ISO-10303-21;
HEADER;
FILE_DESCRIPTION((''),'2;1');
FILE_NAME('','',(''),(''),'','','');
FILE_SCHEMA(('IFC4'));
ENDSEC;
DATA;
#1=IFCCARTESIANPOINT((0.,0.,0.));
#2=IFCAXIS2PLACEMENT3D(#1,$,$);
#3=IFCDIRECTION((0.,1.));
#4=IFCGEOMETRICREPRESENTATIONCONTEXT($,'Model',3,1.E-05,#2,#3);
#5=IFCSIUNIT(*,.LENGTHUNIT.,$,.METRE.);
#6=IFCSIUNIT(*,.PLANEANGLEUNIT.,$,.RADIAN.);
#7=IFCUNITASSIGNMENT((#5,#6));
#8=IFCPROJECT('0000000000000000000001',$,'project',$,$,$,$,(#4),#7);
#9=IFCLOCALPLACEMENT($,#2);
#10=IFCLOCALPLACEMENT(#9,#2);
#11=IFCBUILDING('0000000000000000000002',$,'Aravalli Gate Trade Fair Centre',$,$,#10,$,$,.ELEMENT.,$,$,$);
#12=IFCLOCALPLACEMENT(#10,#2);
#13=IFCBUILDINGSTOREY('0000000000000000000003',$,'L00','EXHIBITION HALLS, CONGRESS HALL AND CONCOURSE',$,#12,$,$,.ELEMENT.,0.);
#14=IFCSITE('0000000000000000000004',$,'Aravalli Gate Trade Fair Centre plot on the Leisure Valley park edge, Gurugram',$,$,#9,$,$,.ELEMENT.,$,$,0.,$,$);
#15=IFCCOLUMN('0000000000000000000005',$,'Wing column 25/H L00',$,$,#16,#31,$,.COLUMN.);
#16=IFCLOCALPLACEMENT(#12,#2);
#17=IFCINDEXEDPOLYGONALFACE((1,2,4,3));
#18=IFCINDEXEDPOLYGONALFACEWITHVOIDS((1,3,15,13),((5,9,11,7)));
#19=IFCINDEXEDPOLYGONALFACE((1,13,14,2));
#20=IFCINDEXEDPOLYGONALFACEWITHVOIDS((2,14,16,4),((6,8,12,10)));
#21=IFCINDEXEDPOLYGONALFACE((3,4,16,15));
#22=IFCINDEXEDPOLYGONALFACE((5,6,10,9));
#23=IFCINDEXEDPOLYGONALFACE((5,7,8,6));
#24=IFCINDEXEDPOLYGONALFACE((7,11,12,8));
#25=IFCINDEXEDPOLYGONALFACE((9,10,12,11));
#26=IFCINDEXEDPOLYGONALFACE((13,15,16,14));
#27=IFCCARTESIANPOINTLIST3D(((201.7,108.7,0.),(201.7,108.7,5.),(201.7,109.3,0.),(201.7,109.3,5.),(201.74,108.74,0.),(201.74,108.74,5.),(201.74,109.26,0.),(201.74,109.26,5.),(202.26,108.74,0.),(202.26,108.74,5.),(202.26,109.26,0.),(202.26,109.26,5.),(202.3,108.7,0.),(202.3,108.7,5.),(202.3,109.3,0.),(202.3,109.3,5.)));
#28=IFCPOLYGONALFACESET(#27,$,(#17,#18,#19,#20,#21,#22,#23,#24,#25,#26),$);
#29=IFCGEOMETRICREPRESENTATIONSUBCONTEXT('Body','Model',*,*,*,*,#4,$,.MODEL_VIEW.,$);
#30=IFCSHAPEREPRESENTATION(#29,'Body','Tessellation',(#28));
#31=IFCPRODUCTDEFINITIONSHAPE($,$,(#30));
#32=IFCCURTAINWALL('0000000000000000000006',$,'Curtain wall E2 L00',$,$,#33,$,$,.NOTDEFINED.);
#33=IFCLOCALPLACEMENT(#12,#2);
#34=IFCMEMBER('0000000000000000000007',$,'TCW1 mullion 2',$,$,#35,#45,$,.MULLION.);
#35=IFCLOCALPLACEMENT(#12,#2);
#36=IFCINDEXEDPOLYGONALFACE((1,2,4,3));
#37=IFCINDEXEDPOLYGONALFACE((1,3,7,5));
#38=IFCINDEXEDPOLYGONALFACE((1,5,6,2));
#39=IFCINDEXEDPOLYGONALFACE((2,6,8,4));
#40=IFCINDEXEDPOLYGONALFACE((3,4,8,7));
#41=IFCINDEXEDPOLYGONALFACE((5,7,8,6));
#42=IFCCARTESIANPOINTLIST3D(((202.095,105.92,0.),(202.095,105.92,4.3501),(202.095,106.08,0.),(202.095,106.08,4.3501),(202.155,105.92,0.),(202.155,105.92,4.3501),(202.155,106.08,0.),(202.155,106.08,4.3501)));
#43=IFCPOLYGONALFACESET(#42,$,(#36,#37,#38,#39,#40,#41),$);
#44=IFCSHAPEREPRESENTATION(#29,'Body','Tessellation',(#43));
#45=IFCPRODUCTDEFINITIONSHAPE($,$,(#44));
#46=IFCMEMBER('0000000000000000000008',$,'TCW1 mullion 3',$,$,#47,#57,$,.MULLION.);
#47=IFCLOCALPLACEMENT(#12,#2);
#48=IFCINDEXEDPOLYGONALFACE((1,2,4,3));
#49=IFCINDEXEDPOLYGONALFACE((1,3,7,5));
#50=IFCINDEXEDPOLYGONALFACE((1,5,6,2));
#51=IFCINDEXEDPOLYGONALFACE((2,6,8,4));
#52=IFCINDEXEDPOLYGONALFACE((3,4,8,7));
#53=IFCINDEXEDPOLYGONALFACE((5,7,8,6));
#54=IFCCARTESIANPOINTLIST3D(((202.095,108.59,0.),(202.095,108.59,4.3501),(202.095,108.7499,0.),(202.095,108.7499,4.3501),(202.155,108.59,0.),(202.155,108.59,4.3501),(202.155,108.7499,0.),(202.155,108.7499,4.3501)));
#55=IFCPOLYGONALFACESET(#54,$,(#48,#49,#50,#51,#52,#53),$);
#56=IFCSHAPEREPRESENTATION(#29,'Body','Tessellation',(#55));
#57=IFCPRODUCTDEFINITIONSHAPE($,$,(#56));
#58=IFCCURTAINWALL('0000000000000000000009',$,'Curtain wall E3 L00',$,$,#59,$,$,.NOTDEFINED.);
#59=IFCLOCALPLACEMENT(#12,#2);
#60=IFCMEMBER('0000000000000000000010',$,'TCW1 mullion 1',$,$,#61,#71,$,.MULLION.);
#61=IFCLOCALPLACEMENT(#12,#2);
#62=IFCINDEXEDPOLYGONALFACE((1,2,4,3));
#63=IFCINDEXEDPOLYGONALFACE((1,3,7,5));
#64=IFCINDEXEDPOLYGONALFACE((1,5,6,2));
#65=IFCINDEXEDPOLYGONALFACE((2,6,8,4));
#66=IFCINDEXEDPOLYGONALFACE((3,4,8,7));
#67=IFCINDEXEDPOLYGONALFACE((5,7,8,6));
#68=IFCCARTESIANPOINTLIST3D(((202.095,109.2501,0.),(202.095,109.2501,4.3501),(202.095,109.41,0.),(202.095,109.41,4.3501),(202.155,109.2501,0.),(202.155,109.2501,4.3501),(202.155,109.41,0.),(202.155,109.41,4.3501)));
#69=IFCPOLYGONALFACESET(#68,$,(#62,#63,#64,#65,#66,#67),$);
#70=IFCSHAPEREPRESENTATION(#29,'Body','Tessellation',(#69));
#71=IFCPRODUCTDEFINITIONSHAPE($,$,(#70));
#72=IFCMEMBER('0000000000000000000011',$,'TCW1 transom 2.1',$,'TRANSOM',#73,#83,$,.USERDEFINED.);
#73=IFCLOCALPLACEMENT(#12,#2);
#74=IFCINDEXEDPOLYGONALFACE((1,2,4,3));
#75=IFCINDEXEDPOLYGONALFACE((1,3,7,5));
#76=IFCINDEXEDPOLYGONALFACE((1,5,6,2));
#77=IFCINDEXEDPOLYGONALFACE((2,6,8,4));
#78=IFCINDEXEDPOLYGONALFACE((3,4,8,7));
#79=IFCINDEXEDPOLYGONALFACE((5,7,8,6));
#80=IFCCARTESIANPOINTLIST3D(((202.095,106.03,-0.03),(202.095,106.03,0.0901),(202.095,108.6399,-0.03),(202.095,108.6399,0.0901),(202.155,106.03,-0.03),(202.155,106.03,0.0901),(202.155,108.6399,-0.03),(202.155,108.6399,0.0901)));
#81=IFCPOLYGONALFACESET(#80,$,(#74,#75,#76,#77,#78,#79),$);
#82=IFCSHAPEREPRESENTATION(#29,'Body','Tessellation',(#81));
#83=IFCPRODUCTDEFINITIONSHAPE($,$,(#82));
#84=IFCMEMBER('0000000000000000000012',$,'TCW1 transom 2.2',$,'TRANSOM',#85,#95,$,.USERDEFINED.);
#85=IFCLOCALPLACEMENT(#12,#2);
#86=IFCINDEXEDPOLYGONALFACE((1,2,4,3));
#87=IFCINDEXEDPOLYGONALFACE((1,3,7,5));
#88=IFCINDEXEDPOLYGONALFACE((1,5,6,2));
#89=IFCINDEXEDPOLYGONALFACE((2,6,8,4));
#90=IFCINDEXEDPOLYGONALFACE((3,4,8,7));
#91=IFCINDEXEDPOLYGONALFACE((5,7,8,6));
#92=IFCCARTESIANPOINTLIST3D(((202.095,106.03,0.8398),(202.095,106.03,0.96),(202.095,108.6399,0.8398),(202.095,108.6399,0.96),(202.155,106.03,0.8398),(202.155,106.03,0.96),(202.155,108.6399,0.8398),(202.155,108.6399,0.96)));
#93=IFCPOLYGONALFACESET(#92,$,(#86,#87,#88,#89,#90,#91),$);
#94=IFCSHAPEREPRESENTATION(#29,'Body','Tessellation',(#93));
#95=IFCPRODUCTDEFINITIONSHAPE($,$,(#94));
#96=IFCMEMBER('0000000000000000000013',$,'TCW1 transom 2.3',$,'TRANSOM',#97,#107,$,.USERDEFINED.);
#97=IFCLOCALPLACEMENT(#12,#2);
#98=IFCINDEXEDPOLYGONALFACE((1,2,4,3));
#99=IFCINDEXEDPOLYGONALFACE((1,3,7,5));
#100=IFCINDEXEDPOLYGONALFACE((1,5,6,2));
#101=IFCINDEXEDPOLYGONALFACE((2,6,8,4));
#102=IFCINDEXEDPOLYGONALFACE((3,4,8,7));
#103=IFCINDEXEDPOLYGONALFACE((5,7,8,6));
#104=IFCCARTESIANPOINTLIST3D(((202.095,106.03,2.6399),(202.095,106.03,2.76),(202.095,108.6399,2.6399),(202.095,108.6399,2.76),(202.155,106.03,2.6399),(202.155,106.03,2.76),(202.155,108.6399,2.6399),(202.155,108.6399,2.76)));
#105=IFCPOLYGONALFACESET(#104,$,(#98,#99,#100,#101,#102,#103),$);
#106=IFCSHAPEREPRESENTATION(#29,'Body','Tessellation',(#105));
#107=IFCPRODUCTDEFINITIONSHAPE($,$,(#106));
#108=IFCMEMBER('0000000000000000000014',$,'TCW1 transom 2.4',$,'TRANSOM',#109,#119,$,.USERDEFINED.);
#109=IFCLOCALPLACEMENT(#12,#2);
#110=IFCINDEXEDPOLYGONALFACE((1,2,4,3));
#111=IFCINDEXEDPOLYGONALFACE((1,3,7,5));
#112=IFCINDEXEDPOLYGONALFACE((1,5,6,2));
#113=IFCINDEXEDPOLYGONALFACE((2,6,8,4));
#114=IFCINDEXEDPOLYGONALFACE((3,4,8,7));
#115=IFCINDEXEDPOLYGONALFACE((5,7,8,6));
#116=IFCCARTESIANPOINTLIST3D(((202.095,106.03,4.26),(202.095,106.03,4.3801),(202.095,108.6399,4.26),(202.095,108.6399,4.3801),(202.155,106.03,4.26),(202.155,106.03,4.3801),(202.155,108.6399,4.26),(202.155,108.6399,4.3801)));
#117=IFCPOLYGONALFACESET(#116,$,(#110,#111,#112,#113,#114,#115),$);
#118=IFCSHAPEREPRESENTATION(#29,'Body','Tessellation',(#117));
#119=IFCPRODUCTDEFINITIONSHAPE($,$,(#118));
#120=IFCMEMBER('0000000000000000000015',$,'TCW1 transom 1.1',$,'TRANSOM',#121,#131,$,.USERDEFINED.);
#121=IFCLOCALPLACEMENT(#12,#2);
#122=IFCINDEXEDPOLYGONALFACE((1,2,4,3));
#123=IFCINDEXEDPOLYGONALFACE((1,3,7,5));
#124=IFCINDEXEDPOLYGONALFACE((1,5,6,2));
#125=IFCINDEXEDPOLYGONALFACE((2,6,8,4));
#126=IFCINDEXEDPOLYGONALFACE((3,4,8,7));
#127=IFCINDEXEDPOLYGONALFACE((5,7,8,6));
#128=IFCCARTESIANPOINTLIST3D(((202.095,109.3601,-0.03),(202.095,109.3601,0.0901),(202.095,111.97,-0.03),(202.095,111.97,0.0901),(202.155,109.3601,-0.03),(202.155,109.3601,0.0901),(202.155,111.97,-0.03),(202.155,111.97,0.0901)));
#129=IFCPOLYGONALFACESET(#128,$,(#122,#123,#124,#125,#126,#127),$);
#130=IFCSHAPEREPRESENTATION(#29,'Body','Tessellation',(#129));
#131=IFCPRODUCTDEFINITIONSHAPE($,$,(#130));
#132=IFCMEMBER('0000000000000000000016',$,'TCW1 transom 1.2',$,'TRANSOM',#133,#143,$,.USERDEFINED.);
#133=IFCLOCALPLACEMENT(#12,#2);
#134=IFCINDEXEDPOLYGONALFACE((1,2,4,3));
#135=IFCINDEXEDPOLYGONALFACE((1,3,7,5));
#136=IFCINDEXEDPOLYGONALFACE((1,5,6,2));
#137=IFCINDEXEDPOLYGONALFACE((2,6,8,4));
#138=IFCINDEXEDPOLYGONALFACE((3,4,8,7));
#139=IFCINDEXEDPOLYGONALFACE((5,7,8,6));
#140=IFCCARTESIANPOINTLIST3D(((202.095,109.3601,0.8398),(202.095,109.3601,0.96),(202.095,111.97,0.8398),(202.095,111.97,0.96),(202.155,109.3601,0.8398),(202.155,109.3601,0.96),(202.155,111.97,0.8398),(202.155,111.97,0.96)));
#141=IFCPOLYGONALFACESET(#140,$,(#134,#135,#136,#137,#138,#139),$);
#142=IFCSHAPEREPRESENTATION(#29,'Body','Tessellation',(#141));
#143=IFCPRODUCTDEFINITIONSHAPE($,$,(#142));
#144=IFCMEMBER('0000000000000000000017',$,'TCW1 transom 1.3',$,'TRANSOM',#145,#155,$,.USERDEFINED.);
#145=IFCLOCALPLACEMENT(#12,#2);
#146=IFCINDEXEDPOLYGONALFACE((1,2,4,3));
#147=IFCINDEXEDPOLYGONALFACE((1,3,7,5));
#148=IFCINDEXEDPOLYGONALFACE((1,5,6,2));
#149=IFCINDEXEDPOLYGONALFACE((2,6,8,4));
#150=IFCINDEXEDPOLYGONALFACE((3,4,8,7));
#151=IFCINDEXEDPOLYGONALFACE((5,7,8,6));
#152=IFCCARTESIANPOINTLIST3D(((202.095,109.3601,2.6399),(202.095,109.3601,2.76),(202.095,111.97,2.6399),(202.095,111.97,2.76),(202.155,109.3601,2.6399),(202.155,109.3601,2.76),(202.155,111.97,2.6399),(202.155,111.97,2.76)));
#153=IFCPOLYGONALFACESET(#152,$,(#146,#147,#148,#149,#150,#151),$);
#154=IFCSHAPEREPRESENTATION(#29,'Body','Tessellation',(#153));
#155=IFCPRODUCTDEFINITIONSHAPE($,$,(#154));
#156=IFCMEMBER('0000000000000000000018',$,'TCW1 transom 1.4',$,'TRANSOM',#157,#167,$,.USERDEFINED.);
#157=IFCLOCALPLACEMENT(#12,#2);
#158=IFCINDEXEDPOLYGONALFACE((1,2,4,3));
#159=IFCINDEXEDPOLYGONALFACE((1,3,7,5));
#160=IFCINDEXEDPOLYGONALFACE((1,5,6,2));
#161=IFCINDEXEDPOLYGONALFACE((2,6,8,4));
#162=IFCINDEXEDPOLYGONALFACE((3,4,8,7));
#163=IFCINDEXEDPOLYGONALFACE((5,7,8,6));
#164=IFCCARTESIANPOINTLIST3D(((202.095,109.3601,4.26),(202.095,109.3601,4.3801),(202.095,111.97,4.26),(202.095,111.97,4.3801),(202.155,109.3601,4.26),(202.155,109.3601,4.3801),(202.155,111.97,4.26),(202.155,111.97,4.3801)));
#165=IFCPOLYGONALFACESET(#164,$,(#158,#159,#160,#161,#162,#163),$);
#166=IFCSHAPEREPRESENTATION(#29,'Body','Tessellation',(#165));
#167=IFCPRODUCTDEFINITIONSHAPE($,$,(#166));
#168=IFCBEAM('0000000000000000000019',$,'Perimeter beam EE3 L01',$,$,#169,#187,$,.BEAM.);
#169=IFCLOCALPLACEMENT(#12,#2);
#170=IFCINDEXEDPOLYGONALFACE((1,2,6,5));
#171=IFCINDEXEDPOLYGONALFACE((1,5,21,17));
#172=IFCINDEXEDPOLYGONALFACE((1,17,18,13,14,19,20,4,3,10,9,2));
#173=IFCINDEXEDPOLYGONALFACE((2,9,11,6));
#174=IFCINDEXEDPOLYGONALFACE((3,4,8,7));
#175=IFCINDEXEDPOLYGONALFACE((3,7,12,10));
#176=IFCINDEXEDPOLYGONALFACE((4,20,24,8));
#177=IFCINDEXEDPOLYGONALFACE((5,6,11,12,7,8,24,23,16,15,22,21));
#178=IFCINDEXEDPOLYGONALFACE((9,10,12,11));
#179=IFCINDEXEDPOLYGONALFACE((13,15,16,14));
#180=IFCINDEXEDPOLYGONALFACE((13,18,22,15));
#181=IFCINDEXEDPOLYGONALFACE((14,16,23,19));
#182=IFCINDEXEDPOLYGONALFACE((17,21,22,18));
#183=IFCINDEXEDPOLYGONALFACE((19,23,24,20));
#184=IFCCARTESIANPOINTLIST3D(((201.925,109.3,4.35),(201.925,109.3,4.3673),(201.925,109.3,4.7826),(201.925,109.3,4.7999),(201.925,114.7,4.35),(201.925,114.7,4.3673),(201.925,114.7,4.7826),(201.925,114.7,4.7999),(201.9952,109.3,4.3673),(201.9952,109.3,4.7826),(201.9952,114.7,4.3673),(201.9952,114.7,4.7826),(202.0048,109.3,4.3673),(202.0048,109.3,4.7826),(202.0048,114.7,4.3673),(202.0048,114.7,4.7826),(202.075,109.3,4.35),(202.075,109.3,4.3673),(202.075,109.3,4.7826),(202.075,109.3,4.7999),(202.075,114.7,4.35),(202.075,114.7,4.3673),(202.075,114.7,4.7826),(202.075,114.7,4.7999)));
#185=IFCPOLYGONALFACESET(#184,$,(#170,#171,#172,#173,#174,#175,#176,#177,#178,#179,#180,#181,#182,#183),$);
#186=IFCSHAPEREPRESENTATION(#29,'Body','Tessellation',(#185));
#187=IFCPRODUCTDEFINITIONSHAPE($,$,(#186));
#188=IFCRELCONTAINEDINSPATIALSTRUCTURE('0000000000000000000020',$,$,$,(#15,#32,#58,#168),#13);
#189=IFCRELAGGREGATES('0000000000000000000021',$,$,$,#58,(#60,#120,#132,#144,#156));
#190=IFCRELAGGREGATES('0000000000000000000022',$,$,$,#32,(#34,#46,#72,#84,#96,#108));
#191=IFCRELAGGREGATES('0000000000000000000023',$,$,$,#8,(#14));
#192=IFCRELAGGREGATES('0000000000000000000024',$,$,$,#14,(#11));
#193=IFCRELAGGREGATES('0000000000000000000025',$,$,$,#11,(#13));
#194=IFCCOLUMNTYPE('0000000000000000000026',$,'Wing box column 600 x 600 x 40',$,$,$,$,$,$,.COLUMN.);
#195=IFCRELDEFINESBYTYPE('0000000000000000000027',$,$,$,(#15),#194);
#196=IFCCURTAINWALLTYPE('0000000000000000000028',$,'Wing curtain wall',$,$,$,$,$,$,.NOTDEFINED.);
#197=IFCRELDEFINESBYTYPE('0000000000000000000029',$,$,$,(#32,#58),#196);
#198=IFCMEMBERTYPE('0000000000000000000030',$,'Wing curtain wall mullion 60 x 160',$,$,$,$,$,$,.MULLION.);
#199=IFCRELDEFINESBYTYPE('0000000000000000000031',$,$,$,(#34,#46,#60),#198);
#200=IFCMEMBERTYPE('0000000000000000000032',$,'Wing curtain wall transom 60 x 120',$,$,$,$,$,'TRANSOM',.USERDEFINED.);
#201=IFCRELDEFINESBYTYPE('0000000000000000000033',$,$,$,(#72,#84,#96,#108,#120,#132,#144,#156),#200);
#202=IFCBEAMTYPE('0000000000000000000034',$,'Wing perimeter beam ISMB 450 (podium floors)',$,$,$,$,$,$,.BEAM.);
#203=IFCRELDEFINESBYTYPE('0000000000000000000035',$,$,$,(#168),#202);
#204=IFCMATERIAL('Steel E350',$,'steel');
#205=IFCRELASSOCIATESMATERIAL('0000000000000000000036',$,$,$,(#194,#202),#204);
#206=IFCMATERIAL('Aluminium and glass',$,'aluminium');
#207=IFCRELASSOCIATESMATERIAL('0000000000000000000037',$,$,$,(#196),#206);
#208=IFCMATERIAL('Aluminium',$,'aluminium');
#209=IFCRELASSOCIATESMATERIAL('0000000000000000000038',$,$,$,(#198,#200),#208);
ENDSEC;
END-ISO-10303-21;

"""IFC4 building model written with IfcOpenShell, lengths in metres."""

from ifc_helpers import new_model, si_unit, direction, frame, origin, origin_2d, place, context, subcontext, project, spatial, rectangle, hollow_rectangle, i_section, extrude, material, material_profile, profile_set, type_object, element, aggregate, save


model = new_model("IFC4")

# Units and contexts
model_context = context("Model", 3, precision=1e-05, world=origin(), true_north=direction((0.0, 1.0)))
body_context = subcontext(model_context, "Body", "Model", "MODEL_VIEW")
ifc_project = project(units=[si_unit("LENGTHUNIT", "METRE"), si_unit("PLANEANGLEUNIT", "RADIAN")], contexts=[model_context])

# Site, building, storey
site_placement = place(None, origin())
site = spatial("IfcSite", under=ifc_project, at=site_placement, Name="Aravalli Gate Trade Fair Centre plot on the Leisure Valley park edge, Gurugram", CompositionType="ELEMENT", RefElevation=0.0)
building_placement = place(site_placement, origin())
building = spatial("IfcBuilding", under=site, at=building_placement, Name="Aravalli Gate Trade Fair Centre", CompositionType="ELEMENT")
storey_placement = place(building_placement, origin())
storey = spatial("IfcBuildingStorey", under=building, at=storey_placement, Name="L00", Description="EXHIBITION HALLS, CONGRESS HALL AND CONCOURSE", CompositionType="ELEMENT", Elevation=0.0)

# Column
ifc_material_1 = material(Name="Steel E350", Category="steel")
ifc_material_profile_1 = material_profile(ifc_material_1, hollow_rectangle(XDim=0.6001, YDim=0.6001, WallThickness=0.04, at=origin_2d()), Name="BOX 600x600x40")
ifc_profile_set_1 = profile_set([ifc_material_profile_1], Name="Steel E350")
column_type = type_object("IfcColumnType", Name="Wing box column 600 x 600 x 40", PredefinedType="COLUMN", material=ifc_profile_set_1)
column_placement = place(storey_placement, frame((202.0, 109.0, 0.0), z_axis=(0.0, 0.0, 1.0), x_axis=(1.0, 0.0, 0.0)))
element("IfcColumn", 1, at=column_placement, inside=storey, type_object=column_type, Name="Wing column 25/H L00", PredefinedType="COLUMN", context=body_context, shape_type="SweptSolid", body=[
    extrude(hollow_rectangle(XDim=0.6001, YDim=0.6001, WallThickness=0.04, at=origin_2d()), origin(), (0.0, 0.0, 1.0), 5.0),
])

# Curtain wall, members
ifc_material_2 = material(Name="Aluminium and glass", Category="aluminium")
curtain_wall_type = type_object("IfcCurtainWallType", Name="Wing curtain wall", PredefinedType="NOTDEFINED", material=ifc_material_2)
curtain_wall_1_placement = place(storey_placement, origin())
curtain_wall_1 = element("IfcCurtainWall", 2, at=curtain_wall_1_placement, inside=storey, type_object=curtain_wall_type, Name="Curtain wall E2 L00", PredefinedType="NOTDEFINED")
ifc_material_3 = material(Name="Aluminium", Category="aluminium")
ifc_material_profile_2 = material_profile(ifc_material_3, rectangle(XDim=0.0601, YDim=0.1599, at=origin_2d()), Name="Wing curtain wall mullion 60 x 160")
ifc_profile_set_2 = profile_set([ifc_material_profile_2], Name="Aluminium")
member_type_1 = type_object("IfcMemberType", Name="Wing curtain wall mullion 60 x 160", PredefinedType="MULLION", material=ifc_profile_set_2)
member_1_placement = place(storey_placement, frame((202.125, 106.0, 0.0), z_axis=(0.0, 0.0, 1.0), x_axis=(-1.0, 0.0, 0.0)))
member_1 = element("IfcMember", 3, at=member_1_placement, type_object=member_type_1, Name="TCW1 mullion 2", PredefinedType="MULLION", context=body_context, shape_type="SweptSolid", body=[
    extrude(rectangle(XDim=0.0601, YDim=0.1599, at=origin_2d()), origin(), (0.0, 0.0, 1.0), 4.3501),
])
member_2_placement = place(storey_placement, frame((202.125, 108.6699, 0.0), z_axis=(0.0, 0.0, 1.0), x_axis=(-1.0, 0.0, 0.0)))
member_2 = element("IfcMember", 4, at=member_2_placement, type_object=member_type_1, Name="TCW1 mullion 3", PredefinedType="MULLION", context=body_context, shape_type="SweptSolid", body=[
    extrude(rectangle(XDim=0.0601, YDim=0.1599, at=origin_2d()), origin(), (0.0, 0.0, 1.0), 4.3501),
])

# Curtain wall, member
curtain_wall_2_placement = place(storey_placement, origin())
curtain_wall_2 = element("IfcCurtainWall", 5, at=curtain_wall_2_placement, inside=storey, type_object=curtain_wall_type, Name="Curtain wall E3 L00", PredefinedType="NOTDEFINED")
member_3_placement = place(storey_placement, frame((202.125, 109.3301, 0.0), z_axis=(0.0, 0.0, 1.0), x_axis=(-1.0, 0.0, 0.0)))
member_3 = element("IfcMember", 6, at=member_3_placement, type_object=member_type_1, Name="TCW1 mullion 1", PredefinedType="MULLION", context=body_context, shape_type="SweptSolid", body=[
    extrude(rectangle(XDim=0.0601, YDim=0.1599, at=origin_2d()), origin(), (0.0, 0.0, 1.0), 4.3501),
])

# Members
ifc_material_profile_3 = material_profile(ifc_material_3, rectangle(XDim=0.0601, YDim=0.1201, at=origin_2d()), Name="Wing curtain wall transom 60 x 120")
ifc_profile_set_3 = profile_set([ifc_material_profile_3], Name="Aluminium")
member_type_2 = type_object("IfcMemberType", Name="Wing curtain wall transom 60 x 120", ElementType="TRANSOM", PredefinedType="USERDEFINED", material=ifc_profile_set_3)
member_4_placement = place(storey_placement, frame((202.125, 106.03, 0.03), z_axis=(0.0, 1.0, 0.0), x_axis=(-1.0, 0.0, 0.0)))
member_4 = element("IfcMember", 7, at=member_4_placement, type_object=member_type_2, Name="TCW1 transom 2.1", ObjectType="TRANSOM", PredefinedType="USERDEFINED", context=body_context, shape_type="SweptSolid", body=[
    extrude(rectangle(XDim=0.0601, YDim=0.1201, at=origin_2d()), origin(), (0.0, 0.0, 1.0), 2.6099),
])
member_5_placement = place(storey_placement, frame((202.125, 106.03, 0.8999), z_axis=(0.0, 1.0, 0.0), x_axis=(-1.0, 0.0, 0.0)))
member_5 = element("IfcMember", 8, at=member_5_placement, type_object=member_type_2, Name="TCW1 transom 2.2", ObjectType="TRANSOM", PredefinedType="USERDEFINED", context=body_context, shape_type="SweptSolid", body=[
    extrude(rectangle(XDim=0.0601, YDim=0.1201, at=origin_2d()), origin(), (0.0, 0.0, 1.0), 2.6099),
])
member_6_placement = place(storey_placement, frame((202.125, 106.03, 2.7), z_axis=(0.0, 1.0, 0.0), x_axis=(-1.0, 0.0, 0.0)))
member_6 = element("IfcMember", 9, at=member_6_placement, type_object=member_type_2, Name="TCW1 transom 2.3", ObjectType="TRANSOM", PredefinedType="USERDEFINED", context=body_context, shape_type="SweptSolid", body=[
    extrude(rectangle(XDim=0.0601, YDim=0.1201, at=origin_2d()), origin(), (0.0, 0.0, 1.0), 2.6099),
])
member_7_placement = place(storey_placement, frame((202.125, 106.03, 4.3201), z_axis=(0.0, 1.0, 0.0), x_axis=(-1.0, 0.0, 0.0)))
member_7 = element("IfcMember", 10, at=member_7_placement, type_object=member_type_2, Name="TCW1 transom 2.4", ObjectType="TRANSOM", PredefinedType="USERDEFINED", context=body_context, shape_type="SweptSolid", body=[
    extrude(rectangle(XDim=0.0601, YDim=0.1201, at=origin_2d()), origin(), (0.0, 0.0, 1.0), 2.6099),
])
member_8_placement = place(storey_placement, frame((202.125, 109.3601, 0.03), z_axis=(0.0, 1.0, 0.0), x_axis=(-1.0, 0.0, 0.0)))
member_8 = element("IfcMember", 11, at=member_8_placement, type_object=member_type_2, Name="TCW1 transom 1.1", ObjectType="TRANSOM", PredefinedType="USERDEFINED", context=body_context, shape_type="SweptSolid", body=[
    extrude(rectangle(XDim=0.0601, YDim=0.1201, at=origin_2d()), origin(), (0.0, 0.0, 1.0), 2.6099),
])
member_9_placement = place(storey_placement, frame((202.125, 109.3601, 0.8999), z_axis=(0.0, 1.0, 0.0), x_axis=(-1.0, 0.0, 0.0)))
member_9 = element("IfcMember", 12, at=member_9_placement, type_object=member_type_2, Name="TCW1 transom 1.2", ObjectType="TRANSOM", PredefinedType="USERDEFINED", context=body_context, shape_type="SweptSolid", body=[
    extrude(rectangle(XDim=0.0601, YDim=0.1201, at=origin_2d()), origin(), (0.0, 0.0, 1.0), 2.6099),
])
member_10_placement = place(storey_placement, frame((202.125, 109.3601, 2.7), z_axis=(0.0, 1.0, 0.0), x_axis=(-1.0, 0.0, 0.0)))
member_10 = element("IfcMember", 13, at=member_10_placement, type_object=member_type_2, Name="TCW1 transom 1.3", ObjectType="TRANSOM", PredefinedType="USERDEFINED", context=body_context, shape_type="SweptSolid", body=[
    extrude(rectangle(XDim=0.0601, YDim=0.1201, at=origin_2d()), origin(), (0.0, 0.0, 1.0), 2.6099),
])
member_11_placement = place(storey_placement, frame((202.125, 109.3601, 4.3201), z_axis=(0.0, 1.0, 0.0), x_axis=(-1.0, 0.0, 0.0)))
member_11 = element("IfcMember", 14, at=member_11_placement, type_object=member_type_2, Name="TCW1 transom 1.4", ObjectType="TRANSOM", PredefinedType="USERDEFINED", context=body_context, shape_type="SweptSolid", body=[
    extrude(rectangle(XDim=0.0601, YDim=0.1201, at=origin_2d()), origin(), (0.0, 0.0, 1.0), 2.6099),
])
aggregate(curtain_wall_2, [member_3, member_8, member_9, member_10, member_11])

# Beam
ifc_material_profile_4 = material_profile(ifc_material_1, i_section(OverallWidth=0.1499, OverallDepth=0.45, WebThickness=0.0095, FlangeThickness=0.0173, at=origin_2d()), Name="ISMB 450")
ifc_profile_set_4 = profile_set([ifc_material_profile_4], Name="Steel E350")
beam_type = type_object("IfcBeamType", Name="Wing perimeter beam ISMB 450 (podium floors)", PredefinedType="BEAM", material=ifc_profile_set_4)
beam_placement = place(storey_placement, frame((202.0, 109.3, 4.575), z_axis=(0.0, 1.0, 0.0), x_axis=(-1.0, 0.0, 0.0)))
element("IfcBeam", 15, at=beam_placement, inside=storey, type_object=beam_type, Name="Perimeter beam EE3 L01", PredefinedType="BEAM", context=body_context, shape_type="SweptSolid", body=[
    extrude(i_section(OverallWidth=0.1499, OverallDepth=0.45, WebThickness=0.0095, FlangeThickness=0.0173, at=origin_2d()), origin(), (0.0, 0.0, 1.0), 5.3999),
])

aggregate(curtain_wall_1, [member_1, member_2, member_4, member_5, member_6, member_7])

save(model, "model.ifc")
